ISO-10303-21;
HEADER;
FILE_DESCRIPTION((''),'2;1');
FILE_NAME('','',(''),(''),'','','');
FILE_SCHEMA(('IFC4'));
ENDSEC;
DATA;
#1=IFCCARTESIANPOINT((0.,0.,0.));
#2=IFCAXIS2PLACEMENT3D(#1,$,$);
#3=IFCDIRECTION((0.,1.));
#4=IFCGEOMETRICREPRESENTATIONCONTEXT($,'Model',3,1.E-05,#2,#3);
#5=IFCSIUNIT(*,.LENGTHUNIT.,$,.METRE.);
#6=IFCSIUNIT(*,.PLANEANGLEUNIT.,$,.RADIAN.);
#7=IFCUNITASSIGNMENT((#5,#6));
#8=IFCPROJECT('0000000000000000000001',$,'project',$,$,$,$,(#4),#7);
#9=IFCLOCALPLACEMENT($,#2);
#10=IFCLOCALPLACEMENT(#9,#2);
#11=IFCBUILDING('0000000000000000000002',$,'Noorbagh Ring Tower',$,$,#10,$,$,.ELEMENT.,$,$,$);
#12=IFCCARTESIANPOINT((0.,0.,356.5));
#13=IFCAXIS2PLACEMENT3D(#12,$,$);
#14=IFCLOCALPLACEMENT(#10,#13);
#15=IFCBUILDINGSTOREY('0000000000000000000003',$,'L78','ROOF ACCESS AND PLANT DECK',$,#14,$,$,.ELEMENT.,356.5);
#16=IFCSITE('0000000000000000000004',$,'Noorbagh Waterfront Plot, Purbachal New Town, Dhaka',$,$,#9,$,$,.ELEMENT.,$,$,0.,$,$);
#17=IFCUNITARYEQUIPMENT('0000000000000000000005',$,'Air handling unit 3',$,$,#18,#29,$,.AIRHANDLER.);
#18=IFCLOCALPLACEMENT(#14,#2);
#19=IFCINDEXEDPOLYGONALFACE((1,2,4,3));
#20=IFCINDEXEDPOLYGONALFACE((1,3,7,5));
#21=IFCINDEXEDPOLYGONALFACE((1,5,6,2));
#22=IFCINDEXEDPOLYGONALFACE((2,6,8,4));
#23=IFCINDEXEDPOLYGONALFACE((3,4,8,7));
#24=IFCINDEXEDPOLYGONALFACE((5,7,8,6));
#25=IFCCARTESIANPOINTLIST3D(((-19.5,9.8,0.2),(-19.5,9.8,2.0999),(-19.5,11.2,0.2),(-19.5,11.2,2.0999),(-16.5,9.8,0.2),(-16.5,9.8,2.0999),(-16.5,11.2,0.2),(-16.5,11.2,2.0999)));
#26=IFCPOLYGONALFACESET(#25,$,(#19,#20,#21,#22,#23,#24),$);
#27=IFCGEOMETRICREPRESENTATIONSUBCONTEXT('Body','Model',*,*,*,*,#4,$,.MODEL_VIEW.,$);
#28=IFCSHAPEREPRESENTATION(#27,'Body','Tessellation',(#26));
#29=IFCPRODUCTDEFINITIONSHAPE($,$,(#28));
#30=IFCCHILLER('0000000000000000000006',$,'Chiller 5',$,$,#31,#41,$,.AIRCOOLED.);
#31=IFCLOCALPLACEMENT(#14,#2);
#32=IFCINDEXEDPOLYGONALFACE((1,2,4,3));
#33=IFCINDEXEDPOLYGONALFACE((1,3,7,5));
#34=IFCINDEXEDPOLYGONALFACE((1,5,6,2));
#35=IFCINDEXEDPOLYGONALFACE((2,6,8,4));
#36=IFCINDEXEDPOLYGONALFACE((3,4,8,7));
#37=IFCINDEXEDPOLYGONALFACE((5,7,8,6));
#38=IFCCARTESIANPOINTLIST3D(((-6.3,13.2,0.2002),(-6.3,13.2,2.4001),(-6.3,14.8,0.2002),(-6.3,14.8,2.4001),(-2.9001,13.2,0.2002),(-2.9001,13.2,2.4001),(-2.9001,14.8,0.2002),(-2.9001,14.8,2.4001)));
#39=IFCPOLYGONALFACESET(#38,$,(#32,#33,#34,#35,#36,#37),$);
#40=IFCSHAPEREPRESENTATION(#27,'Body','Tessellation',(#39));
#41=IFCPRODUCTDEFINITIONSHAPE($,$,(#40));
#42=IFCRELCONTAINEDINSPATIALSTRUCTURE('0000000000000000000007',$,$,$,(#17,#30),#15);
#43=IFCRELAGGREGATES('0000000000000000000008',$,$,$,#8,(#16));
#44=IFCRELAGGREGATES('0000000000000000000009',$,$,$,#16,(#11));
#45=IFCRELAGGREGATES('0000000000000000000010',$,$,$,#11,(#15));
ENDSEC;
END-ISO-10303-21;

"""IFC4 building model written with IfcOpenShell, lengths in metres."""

from ifc_helpers import new_model, si_unit, direction, frame, origin, origin_2d, place, context, subcontext, project, spatial, rectangle, extrude, element, save


model = new_model("IFC4")

# Units and contexts
model_context = context("Model", 3, precision=1e-05, world=origin(), true_north=direction((0.0, 1.0)))
body_context = subcontext(model_context, "Body", "Model", "MODEL_VIEW")
ifc_project = project(units=[si_unit("LENGTHUNIT", "METRE"), si_unit("PLANEANGLEUNIT", "RADIAN")], contexts=[model_context])

# Site, building, storey
site_placement = place(None, origin())
site = spatial("IfcSite", under=ifc_project, at=site_placement, Name="Noorbagh Waterfront Plot, Purbachal New Town, Dhaka", CompositionType="ELEMENT", RefElevation=0.0)
building_placement = place(site_placement, origin())
building = spatial("IfcBuilding", under=site, at=building_placement, Name="Noorbagh Ring Tower", CompositionType="ELEMENT")
storey_placement = place(building_placement, frame((0.0, 0.0, 356.5)))
storey = spatial("IfcBuildingStorey", under=building, at=storey_placement, Name="L78", Description="ROOF ACCESS AND PLANT DECK", CompositionType="ELEMENT", Elevation=356.5)

# Unitary equipment
unitary_equipment_placement = place(storey_placement, frame((-18.0, 10.5, 0.2), z_axis=(0.0, 0.0, 1.0), x_axis=(1.0, 0.0, 0.0)))
element("IfcUnitaryEquipment", 1, at=unitary_equipment_placement, inside=storey, Name="Air handling unit 3", PredefinedType="AIRHANDLER", context=body_context, shape_type="SweptSolid", body=[
    extrude(rectangle(XDim=3.0, YDim=1.3999, at=origin_2d()), origin(), (0.0, 0.0, 1.0), 1.8999),
])

# Chiller
chiller_placement = place(storey_placement, frame((-4.6001, 14.0, 0.2002), z_axis=(0.0, 0.0, 1.0), x_axis=(1.0, 0.0, 0.0)))
element("IfcChiller", 2, at=chiller_placement, inside=storey, Name="Chiller 5", PredefinedType="AIRCOOLED", context=body_context, shape_type="SweptSolid", body=[
    extrude(rectangle(XDim=3.3999, YDim=1.6001, at=origin_2d()), origin(), (0.0, 0.0, 1.0), 2.2),
])

save(model, "model.ifc")
